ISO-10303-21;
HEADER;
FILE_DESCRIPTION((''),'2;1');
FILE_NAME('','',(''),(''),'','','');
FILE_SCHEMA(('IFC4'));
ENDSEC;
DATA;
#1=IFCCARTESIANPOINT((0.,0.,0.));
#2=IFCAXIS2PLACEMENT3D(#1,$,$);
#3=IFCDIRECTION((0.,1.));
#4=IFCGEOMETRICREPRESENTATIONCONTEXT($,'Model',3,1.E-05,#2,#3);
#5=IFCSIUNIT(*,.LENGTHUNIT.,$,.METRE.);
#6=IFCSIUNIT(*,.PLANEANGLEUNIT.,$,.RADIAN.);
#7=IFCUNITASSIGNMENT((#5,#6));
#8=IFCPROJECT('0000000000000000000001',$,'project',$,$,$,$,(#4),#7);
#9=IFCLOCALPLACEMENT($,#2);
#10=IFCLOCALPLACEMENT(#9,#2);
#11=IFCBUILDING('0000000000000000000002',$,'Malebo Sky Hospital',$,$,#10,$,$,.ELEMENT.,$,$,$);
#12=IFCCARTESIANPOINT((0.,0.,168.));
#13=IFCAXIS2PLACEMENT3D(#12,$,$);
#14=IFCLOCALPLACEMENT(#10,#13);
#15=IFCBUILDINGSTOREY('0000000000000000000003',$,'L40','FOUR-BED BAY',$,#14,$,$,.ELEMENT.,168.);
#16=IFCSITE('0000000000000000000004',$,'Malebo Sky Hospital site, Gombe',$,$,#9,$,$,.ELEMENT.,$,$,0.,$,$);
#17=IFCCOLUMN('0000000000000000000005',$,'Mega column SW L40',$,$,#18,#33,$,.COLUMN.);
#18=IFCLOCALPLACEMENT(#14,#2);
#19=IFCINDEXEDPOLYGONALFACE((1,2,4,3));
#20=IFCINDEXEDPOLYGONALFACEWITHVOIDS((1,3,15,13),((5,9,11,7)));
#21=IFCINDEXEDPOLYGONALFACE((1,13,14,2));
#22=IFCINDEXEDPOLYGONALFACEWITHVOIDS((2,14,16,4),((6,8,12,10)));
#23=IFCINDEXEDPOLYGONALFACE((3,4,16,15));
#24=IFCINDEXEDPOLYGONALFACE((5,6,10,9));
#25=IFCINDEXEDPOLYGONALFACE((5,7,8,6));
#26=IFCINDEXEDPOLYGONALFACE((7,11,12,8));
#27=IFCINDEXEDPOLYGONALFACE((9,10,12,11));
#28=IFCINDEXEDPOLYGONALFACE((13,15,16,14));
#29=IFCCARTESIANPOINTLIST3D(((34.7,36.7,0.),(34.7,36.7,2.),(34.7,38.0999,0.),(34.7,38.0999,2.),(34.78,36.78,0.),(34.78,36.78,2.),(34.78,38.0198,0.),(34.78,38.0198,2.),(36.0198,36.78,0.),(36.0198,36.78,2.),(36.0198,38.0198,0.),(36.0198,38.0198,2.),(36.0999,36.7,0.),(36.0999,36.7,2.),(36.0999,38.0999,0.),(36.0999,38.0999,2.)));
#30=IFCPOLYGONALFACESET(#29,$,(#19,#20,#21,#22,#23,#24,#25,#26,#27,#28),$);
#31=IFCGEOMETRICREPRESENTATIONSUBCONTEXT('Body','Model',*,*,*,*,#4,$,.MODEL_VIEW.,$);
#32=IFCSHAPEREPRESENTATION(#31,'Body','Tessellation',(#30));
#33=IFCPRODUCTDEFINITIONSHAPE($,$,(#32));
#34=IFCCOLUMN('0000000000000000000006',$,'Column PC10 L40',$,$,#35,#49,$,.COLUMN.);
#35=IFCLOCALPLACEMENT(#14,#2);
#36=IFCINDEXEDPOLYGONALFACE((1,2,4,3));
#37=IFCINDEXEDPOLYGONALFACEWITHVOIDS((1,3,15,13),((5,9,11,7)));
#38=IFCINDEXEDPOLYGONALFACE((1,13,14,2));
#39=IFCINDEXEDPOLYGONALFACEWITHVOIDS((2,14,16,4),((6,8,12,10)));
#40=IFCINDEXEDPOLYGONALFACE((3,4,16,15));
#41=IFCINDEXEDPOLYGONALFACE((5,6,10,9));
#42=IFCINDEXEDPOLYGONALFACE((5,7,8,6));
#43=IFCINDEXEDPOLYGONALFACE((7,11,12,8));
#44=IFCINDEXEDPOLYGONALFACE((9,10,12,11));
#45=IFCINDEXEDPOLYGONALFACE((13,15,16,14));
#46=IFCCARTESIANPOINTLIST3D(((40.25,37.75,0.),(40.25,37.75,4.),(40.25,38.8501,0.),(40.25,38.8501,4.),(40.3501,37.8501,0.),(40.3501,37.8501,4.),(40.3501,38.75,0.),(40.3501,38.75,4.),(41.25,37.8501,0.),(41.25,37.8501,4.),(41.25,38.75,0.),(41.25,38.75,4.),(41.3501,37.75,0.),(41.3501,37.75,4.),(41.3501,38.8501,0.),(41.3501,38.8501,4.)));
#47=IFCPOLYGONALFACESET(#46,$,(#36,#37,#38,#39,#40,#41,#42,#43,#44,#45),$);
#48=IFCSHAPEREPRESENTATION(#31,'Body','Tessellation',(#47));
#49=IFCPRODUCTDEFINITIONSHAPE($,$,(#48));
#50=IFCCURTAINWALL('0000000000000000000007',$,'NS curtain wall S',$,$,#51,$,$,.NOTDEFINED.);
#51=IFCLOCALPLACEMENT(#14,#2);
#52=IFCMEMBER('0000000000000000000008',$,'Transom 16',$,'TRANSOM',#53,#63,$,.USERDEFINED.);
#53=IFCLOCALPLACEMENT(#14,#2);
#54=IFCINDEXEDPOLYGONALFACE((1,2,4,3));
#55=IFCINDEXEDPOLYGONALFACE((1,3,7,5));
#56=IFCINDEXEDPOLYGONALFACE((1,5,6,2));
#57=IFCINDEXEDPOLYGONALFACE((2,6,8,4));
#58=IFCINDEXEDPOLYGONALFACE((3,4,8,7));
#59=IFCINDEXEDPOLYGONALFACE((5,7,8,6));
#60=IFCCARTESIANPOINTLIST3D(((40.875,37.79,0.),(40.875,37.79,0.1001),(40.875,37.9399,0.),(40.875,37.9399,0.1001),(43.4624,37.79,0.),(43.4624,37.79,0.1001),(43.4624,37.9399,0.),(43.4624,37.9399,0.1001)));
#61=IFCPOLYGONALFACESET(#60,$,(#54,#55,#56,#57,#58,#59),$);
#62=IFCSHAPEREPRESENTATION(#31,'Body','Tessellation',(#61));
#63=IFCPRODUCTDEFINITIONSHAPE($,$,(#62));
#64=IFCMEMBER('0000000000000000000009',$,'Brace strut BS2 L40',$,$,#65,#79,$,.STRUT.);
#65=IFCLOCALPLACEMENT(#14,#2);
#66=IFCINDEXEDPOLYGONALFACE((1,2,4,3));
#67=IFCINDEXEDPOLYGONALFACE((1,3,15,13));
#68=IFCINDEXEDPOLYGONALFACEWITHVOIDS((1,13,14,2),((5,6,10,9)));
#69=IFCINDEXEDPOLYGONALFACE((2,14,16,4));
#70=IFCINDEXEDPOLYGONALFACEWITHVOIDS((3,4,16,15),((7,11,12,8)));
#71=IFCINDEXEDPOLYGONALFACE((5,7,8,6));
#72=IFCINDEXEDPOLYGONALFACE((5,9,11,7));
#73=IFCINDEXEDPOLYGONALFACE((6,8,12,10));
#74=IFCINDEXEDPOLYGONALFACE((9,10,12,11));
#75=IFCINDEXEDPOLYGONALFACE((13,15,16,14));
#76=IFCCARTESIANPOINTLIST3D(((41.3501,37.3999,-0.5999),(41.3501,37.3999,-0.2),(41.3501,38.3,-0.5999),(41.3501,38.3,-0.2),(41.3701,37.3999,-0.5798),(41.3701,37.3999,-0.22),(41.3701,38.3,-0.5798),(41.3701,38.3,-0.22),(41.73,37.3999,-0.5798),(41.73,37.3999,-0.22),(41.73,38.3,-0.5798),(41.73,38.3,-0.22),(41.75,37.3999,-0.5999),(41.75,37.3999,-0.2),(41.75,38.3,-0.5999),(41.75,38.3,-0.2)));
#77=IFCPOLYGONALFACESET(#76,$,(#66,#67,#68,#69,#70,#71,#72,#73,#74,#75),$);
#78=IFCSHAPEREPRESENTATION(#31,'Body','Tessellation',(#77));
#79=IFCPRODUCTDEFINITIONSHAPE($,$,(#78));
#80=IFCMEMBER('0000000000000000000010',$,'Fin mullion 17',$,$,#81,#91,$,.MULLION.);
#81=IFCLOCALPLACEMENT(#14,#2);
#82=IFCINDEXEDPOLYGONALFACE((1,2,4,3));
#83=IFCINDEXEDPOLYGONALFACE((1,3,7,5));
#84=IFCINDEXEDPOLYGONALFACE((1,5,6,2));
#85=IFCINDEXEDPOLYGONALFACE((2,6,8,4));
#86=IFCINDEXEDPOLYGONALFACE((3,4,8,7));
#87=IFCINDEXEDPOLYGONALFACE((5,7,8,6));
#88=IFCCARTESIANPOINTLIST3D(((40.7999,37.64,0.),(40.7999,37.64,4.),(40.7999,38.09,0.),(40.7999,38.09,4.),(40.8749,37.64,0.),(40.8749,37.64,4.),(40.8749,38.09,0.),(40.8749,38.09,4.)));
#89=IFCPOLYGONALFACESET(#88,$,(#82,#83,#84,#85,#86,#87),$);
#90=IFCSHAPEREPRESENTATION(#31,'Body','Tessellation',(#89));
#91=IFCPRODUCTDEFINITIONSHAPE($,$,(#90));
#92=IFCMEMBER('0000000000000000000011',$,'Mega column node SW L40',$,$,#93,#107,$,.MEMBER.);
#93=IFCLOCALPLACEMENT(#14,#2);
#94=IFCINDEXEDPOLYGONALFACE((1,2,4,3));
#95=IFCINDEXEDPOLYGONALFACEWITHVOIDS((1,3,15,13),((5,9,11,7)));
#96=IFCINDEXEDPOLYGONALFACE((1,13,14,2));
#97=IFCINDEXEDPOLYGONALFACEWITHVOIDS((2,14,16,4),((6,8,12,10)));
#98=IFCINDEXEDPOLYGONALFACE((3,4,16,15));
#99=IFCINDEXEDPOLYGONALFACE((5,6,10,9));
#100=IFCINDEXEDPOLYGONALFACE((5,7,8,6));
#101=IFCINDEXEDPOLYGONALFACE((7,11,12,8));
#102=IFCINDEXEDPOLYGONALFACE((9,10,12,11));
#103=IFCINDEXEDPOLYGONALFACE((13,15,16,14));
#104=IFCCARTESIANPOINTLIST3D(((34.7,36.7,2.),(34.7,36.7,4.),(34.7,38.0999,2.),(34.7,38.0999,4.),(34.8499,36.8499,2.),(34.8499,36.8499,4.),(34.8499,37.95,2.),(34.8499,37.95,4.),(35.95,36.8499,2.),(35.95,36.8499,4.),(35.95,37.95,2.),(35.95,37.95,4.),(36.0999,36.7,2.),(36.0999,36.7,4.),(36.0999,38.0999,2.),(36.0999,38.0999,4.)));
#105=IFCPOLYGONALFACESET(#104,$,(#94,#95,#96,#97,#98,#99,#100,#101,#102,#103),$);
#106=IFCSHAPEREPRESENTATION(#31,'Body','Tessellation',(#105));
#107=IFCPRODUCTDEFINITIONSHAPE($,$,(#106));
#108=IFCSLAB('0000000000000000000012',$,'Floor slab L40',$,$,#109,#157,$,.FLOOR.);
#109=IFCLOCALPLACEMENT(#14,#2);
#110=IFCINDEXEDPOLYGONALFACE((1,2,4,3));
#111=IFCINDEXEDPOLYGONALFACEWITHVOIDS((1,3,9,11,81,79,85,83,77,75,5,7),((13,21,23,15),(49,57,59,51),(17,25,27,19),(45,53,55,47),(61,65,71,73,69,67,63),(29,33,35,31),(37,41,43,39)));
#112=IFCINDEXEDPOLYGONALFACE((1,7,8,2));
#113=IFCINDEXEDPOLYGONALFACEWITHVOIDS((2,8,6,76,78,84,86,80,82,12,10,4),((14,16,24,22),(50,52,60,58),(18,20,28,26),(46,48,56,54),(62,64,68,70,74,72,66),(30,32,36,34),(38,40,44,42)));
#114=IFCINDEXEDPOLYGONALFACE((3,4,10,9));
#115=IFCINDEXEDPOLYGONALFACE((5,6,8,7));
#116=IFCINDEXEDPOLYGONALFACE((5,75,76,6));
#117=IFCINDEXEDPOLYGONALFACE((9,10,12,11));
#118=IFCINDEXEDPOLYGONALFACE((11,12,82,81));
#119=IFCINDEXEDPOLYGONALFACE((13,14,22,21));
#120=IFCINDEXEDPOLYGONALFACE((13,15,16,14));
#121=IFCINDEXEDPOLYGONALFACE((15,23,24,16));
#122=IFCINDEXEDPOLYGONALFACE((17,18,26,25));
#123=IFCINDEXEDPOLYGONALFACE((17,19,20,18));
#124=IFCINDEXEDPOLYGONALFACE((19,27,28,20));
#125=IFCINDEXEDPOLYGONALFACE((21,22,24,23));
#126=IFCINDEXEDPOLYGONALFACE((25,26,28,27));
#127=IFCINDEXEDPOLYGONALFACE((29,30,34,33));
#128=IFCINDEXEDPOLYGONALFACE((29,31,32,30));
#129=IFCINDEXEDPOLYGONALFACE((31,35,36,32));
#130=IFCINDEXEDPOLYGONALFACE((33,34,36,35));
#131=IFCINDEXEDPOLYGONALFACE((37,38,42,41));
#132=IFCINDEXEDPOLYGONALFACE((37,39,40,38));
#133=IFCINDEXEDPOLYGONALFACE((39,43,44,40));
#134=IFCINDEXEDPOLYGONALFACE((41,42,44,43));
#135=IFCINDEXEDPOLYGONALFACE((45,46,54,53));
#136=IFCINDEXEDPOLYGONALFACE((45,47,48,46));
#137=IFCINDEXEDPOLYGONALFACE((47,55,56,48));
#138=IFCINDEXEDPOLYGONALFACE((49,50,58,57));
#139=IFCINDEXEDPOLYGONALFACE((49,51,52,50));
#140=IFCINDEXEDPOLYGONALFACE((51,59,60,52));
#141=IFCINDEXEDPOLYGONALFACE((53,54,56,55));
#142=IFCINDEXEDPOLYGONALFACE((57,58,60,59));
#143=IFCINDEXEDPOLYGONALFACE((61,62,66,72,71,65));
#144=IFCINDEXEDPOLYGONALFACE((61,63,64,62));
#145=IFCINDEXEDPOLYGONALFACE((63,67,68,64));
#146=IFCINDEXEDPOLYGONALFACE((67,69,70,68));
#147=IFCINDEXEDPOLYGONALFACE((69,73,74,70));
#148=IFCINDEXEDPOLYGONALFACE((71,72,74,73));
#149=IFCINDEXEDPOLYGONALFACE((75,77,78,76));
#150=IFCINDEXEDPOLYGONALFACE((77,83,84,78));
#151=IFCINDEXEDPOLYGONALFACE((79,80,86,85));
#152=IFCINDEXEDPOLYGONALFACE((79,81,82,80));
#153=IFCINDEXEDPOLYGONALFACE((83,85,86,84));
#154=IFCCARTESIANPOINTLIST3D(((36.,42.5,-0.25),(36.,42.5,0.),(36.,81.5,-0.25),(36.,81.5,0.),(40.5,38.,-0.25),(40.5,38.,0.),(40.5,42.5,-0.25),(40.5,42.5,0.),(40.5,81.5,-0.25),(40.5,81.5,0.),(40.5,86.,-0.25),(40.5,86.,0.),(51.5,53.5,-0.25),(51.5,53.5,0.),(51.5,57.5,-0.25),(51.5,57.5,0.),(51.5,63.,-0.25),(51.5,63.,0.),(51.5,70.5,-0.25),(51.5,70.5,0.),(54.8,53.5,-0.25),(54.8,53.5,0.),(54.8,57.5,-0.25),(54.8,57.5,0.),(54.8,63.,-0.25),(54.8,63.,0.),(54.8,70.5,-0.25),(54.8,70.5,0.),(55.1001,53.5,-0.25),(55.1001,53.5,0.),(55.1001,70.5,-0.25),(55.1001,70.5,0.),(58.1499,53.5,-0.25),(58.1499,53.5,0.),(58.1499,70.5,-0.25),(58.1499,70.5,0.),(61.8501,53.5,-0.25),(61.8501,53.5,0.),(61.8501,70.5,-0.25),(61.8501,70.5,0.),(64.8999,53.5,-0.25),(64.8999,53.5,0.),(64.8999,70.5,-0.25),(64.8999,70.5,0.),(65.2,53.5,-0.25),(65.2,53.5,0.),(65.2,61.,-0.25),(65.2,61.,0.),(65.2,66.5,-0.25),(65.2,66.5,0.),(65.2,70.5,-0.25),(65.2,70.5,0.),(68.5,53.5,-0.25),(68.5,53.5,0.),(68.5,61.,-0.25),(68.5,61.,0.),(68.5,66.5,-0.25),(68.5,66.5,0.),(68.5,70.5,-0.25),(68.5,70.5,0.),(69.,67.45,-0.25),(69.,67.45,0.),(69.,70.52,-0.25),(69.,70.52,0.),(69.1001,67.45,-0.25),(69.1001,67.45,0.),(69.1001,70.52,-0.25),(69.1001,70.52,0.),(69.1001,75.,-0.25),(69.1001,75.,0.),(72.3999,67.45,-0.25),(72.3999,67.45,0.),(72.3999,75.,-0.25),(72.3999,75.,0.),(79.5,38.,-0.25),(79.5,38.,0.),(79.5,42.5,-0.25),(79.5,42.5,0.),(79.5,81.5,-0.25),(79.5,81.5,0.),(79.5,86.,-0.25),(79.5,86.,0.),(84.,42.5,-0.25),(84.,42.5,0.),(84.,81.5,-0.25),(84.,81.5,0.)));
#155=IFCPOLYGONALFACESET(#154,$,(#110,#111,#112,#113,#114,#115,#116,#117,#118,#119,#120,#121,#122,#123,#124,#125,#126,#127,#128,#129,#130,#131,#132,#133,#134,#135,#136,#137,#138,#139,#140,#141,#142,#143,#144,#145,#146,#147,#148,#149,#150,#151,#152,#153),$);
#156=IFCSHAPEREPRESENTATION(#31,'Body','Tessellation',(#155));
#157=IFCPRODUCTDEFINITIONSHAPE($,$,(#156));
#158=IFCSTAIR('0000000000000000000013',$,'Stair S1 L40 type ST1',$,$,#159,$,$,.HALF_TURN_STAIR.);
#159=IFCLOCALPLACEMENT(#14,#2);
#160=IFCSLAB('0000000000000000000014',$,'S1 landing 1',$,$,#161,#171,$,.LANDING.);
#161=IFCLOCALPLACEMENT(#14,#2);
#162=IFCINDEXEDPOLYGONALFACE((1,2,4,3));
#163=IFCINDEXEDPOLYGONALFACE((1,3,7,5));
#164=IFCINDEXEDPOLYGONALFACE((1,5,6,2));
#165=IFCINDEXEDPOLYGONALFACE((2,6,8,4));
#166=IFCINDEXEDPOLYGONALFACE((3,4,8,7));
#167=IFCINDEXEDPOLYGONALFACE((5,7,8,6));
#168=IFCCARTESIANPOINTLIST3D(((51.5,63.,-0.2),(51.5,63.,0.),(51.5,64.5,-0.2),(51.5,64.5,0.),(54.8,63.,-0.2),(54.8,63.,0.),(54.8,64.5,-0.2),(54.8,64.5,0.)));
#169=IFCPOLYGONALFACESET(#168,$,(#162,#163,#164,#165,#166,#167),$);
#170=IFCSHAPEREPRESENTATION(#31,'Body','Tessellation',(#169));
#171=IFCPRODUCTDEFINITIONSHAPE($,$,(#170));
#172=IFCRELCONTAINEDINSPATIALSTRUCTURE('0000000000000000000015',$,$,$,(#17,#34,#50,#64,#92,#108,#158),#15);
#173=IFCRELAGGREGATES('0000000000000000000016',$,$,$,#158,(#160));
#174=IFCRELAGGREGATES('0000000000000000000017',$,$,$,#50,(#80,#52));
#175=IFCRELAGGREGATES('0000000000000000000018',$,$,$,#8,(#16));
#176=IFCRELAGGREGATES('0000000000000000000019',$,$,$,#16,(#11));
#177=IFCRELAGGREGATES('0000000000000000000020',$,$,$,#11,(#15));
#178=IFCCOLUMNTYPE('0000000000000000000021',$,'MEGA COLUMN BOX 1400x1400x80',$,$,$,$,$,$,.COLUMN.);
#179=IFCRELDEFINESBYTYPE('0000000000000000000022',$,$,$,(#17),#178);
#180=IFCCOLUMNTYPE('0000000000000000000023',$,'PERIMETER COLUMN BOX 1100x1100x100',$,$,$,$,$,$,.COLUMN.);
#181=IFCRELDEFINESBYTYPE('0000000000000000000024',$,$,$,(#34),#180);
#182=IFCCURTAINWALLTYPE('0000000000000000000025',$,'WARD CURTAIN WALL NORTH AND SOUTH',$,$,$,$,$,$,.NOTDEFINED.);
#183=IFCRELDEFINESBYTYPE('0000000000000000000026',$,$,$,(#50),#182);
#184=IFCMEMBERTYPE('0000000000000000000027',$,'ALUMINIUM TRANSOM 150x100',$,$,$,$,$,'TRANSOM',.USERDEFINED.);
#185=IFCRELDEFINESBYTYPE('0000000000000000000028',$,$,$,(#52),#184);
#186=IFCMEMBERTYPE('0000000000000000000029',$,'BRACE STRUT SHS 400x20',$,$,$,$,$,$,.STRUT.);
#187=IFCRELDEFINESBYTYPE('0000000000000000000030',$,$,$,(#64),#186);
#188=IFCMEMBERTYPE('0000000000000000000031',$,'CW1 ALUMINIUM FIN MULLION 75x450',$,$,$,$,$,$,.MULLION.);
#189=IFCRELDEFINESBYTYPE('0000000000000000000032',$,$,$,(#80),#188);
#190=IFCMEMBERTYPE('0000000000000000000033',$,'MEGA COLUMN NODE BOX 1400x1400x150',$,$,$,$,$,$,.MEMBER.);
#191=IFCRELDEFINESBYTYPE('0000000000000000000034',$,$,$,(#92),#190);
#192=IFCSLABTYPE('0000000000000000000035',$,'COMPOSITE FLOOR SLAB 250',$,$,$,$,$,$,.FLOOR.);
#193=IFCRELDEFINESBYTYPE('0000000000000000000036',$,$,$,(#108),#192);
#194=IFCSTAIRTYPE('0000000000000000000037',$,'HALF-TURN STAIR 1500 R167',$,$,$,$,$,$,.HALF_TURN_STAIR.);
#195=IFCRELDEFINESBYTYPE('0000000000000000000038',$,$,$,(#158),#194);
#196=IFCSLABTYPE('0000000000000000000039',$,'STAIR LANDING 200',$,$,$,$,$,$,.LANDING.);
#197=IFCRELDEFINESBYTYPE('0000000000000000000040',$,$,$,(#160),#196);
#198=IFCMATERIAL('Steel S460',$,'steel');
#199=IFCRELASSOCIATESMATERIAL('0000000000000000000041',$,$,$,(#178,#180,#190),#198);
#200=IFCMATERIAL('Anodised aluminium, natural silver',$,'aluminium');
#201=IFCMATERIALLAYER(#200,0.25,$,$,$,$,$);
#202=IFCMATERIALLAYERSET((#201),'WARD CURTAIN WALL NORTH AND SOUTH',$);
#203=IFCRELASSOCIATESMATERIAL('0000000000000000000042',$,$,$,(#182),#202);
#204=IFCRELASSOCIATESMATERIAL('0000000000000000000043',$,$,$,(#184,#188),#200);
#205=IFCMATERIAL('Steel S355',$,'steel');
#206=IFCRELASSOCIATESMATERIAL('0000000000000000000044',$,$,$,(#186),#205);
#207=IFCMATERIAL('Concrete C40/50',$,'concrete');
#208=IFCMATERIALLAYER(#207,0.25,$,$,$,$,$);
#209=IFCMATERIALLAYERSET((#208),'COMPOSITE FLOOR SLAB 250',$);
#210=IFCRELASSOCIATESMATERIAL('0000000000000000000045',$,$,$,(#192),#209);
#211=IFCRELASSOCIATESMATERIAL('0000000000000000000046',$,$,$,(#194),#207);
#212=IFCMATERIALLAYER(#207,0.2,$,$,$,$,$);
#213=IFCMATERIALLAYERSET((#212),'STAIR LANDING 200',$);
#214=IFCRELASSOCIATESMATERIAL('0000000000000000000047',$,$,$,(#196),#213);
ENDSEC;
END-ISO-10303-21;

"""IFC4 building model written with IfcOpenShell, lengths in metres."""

from ifc_helpers import new_model, si_unit, direction, frame, origin, origin_2d, place, context, subcontext, project, spatial, polyline, rectangle, hollow_rectangle, outline, extrude, material, layer, layer_set, material_profile, profile_set, type_object, element, aggregate, save


model = new_model("IFC4")

# Units and contexts
model_context = context("Model", 3, precision=1e-05, world=origin(), true_north=direction((0.0, 1.0)))
body_context = subcontext(model_context, "Body", "Model", "MODEL_VIEW")
ifc_project = project(units=[si_unit("LENGTHUNIT", "METRE"), si_unit("PLANEANGLEUNIT", "RADIAN")], contexts=[model_context])

# Site, building, storey
site_placement = place(None, origin())
site = spatial("IfcSite", under=ifc_project, at=site_placement, Name="Malebo Sky Hospital site, Gombe", CompositionType="ELEMENT", RefElevation=0.0)
building_placement = place(site_placement, origin())
building = spatial("IfcBuilding", under=site, at=building_placement, Name="Malebo Sky Hospital", CompositionType="ELEMENT")
storey_placement = place(building_placement, frame((0.0, 0.0, 168.0)))
storey = spatial("IfcBuildingStorey", under=building, at=storey_placement, Name="L40", Description="FOUR-BED BAY", CompositionType="ELEMENT", Elevation=168.0)

# Columns
ifc_material_1 = material(Name="Steel S460", Category="steel")
ifc_material_profile_1 = material_profile(ifc_material_1, hollow_rectangle(XDim=1.3999, YDim=1.3999, WallThickness=0.0801, at=origin_2d()), Name="BOX 1400x1400x80")
ifc_profile_set_1 = profile_set([ifc_material_profile_1], Name="Steel S460")
column_type_1 = type_object("IfcColumnType", Name="MEGA COLUMN BOX 1400x1400x80", PredefinedType="COLUMN", material=ifc_profile_set_1)
column_1_placement = place(storey_placement, frame((35.3999, 37.3999, 0.0), z_axis=(0.0, 0.0, 1.0), x_axis=(1.0, 0.0, 0.0)))
element("IfcColumn", 1, at=column_1_placement, inside=storey, type_object=column_type_1, Name="Mega column SW L40", PredefinedType="COLUMN", context=body_context, shape_type="SweptSolid", body=[
    extrude(hollow_rectangle(XDim=1.3999, YDim=1.3999, WallThickness=0.0801, at=origin_2d()), origin(), (0.0, 0.0, 1.0), 2.0),
])
ifc_material_profile_2 = material_profile(ifc_material_1, hollow_rectangle(XDim=1.1001, YDim=1.1001, WallThickness=0.1001, at=origin_2d()), Name="BOX 1100x1100x100")
ifc_profile_set_2 = profile_set([ifc_material_profile_2], Name="Steel S460")
column_type_2 = type_object("IfcColumnType", Name="PERIMETER COLUMN BOX 1100x1100x100", PredefinedType="COLUMN", material=ifc_profile_set_2)
column_2_placement = place(storey_placement, frame((40.8, 38.3, 0.0), z_axis=(0.0, 0.0, 1.0), x_axis=(1.0, 0.0, 0.0)))
element("IfcColumn", 2, at=column_2_placement, inside=storey, type_object=column_type_2, Name="Column PC10 L40", PredefinedType="COLUMN", context=body_context, shape_type="SweptSolid", body=[
    extrude(hollow_rectangle(XDim=1.1001, YDim=1.1001, WallThickness=0.1001, at=origin_2d()), origin(), (0.0, 0.0, 1.0), 4.0),
])

# Curtain wall, member
ifc_material_2 = material(Name="Anodised aluminium, natural silver", Category="aluminium")
ifc_layer_1 = layer(ifc_material_2, 0.25)
ifc_layer_set_1 = layer_set([ifc_layer_1], Name="WARD CURTAIN WALL NORTH AND SOUTH")
curtain_wall_type = type_object("IfcCurtainWallType", Name="WARD CURTAIN WALL NORTH AND SOUTH", PredefinedType="NOTDEFINED", material=ifc_layer_set_1)
curtain_wall_placement = place(storey_placement, origin())
curtain_wall = element("IfcCurtainWall", 3, at=curtain_wall_placement, inside=storey, type_object=curtain_wall_type, Name="NS curtain wall S", PredefinedType="NOTDEFINED")
ifc_material_profile_3 = material_profile(ifc_material_2, rectangle(XDim=0.1499, YDim=0.1001, at=origin_2d()), Name="ALUMINIUM TRANSOM 150x100")
ifc_profile_set_3 = profile_set([ifc_material_profile_3], Name="Anodised aluminium, natural silver")
member_type_1 = type_object("IfcMemberType", Name="ALUMINIUM TRANSOM 150x100", ElementType="TRANSOM", PredefinedType="USERDEFINED", material=ifc_profile_set_3)
member_1_placement = place(storey_placement, frame((43.4624, 37.865, 0.05), z_axis=(-1.0, 0.0, 0.0), x_axis=(0.0, -1.0, 0.0)))
member_1 = element("IfcMember", 4, at=member_1_placement, type_object=member_type_1, Name="Transom 16", ObjectType="TRANSOM", PredefinedType="USERDEFINED", context=body_context, shape_type="SweptSolid", body=[
    extrude(rectangle(XDim=0.1499, YDim=0.1001, at=origin_2d()), origin(), (0.0, 0.0, 1.0), 2.5874),
])

# Members
ifc_material_3 = material(Name="Steel S355", Category="steel")
ifc_material_profile_4 = material_profile(ifc_material_3, hollow_rectangle(XDim=0.3999, YDim=0.3999, WallThickness=0.02, at=origin_2d()), Name="SHS 400x20")
ifc_profile_set_4 = profile_set([ifc_material_profile_4], Name="Steel S355")
member_type_2 = type_object("IfcMemberType", Name="BRACE STRUT SHS 400x20", PredefinedType="STRUT", material=ifc_profile_set_4)
member_2_placement = place(storey_placement, frame((41.55, 37.3999, -0.3999), z_axis=(0.0, 1.0, 0.0), x_axis=(-1.0, 0.0, 0.0)))
element("IfcMember", 5, at=member_2_placement, inside=storey, type_object=member_type_2, Name="Brace strut BS2 L40", PredefinedType="STRUT", context=body_context, shape_type="SweptSolid", body=[
    extrude(hollow_rectangle(XDim=0.3999, YDim=0.3999, WallThickness=0.02, at=origin_2d()), origin(), (0.0, 0.0, 1.0), 0.9001),
])
ifc_material_profile_5 = material_profile(ifc_material_2, rectangle(XDim=0.075, YDim=0.45, at=origin_2d()), Name="CW1 ALUMINIUM FIN MULLION 75x450")
ifc_profile_set_5 = profile_set([ifc_material_profile_5], Name="Anodised aluminium, natural silver")
member_type_3 = type_object("IfcMemberType", Name="CW1 ALUMINIUM FIN MULLION 75x450", PredefinedType="MULLION", material=ifc_profile_set_5)
member_3_placement = place(storey_placement, frame((40.8374, 37.865, 0.0), z_axis=(0.0, 0.0, 1.0), x_axis=(-1.0, 0.0, 0.0)))
member_3 = element("IfcMember", 6, at=member_3_placement, type_object=member_type_3, Name="Fin mullion 17", PredefinedType="MULLION", context=body_context, shape_type="SweptSolid", body=[
    extrude(rectangle(XDim=0.075, YDim=0.45, at=origin_2d()), origin(), (0.0, 0.0, 1.0), 4.0),
])
ifc_material_profile_6 = material_profile(ifc_material_1, hollow_rectangle(XDim=1.3999, YDim=1.3999, WallThickness=0.1499, at=origin_2d()), Name="BOX 1400x1400x150")
ifc_profile_set_6 = profile_set([ifc_material_profile_6], Name="Steel S460")
member_type_4 = type_object("IfcMemberType", Name="MEGA COLUMN NODE BOX 1400x1400x150", PredefinedType="MEMBER", material=ifc_profile_set_6)
member_4_placement = place(storey_placement, frame((35.3999, 37.3999, 2.0), z_axis=(0.0, 0.0, 1.0), x_axis=(1.0, 0.0, 0.0)))
element("IfcMember", 7, at=member_4_placement, inside=storey, type_object=member_type_4, Name="Mega column node SW L40", PredefinedType="MEMBER", context=body_context, shape_type="SweptSolid", body=[
    extrude(hollow_rectangle(XDim=1.3999, YDim=1.3999, WallThickness=0.1499, at=origin_2d()), origin(), (0.0, 0.0, 1.0), 2.0),
])

# Slab
ifc_material_4 = material(Name="Concrete C40/50", Category="concrete")
ifc_layer_2 = layer(ifc_material_4, 0.25)
ifc_layer_set_2 = layer_set([ifc_layer_2], Name="COMPOSITE FLOOR SLAB 250")
slab_type_1 = type_object("IfcSlabType", Name="COMPOSITE FLOOR SLAB 250", PredefinedType="FLOOR", material=ifc_layer_set_2)
slab_1_placement = place(storey_placement, frame((0.0, 0.0, -0.25)))
element("IfcSlab", 8, at=slab_1_placement, inside=storey, type_object=slab_type_1, Name="Floor slab L40", PredefinedType="FLOOR", context=body_context, shape_type="SweptSolid", body=[
    extrude(outline(polyline([(40.5, 86.0), (40.5, 81.5), (36.0, 81.5), (36.0, 42.5), (40.5, 42.5), (40.5, 38.0), (79.5, 38.0), (79.5, 42.5), (84.0, 42.5), (84.0, 81.5), (79.5, 81.5), (79.5, 86.0), (40.5, 86.0)]), holes=[polyline([(55.1001, 70.5), (58.1499, 70.5), (58.1499, 53.5), (55.1001, 53.5), (55.1001, 70.5)]), polyline([(64.8999, 70.5), (64.8999, 53.5), (61.8501, 53.5), (61.8501, 70.5), (64.8999, 70.5)]), polyline([(54.8, 63.0), (51.5, 63.0), (51.5, 70.5), (54.8, 70.5), (54.8, 63.0)]), polyline([(51.5, 53.5), (51.5, 57.5), (54.8, 57.5), (54.8, 53.5), (51.5, 53.5)]), polyline([(65.2, 61.0), (68.5, 61.0), (68.5, 53.5), (65.2, 53.5), (65.2, 61.0)]), polyline([(68.5, 70.5), (68.5, 66.5), (65.2, 66.5), (65.2, 70.5), (68.5, 70.5)]), polyline([(69.0, 67.45), (69.0, 70.52), (69.1001, 70.52), (69.1001, 75.0), (72.3999, 75.0), (72.3999, 67.45), (69.1001, 67.45), (69.0, 67.45)])]), origin(), (0.0, 0.0, 1.0), 0.25),
])

# Stair, slab
stair_type_1 = type_object("IfcStairType", Name="HALF-TURN STAIR 1500 R167", PredefinedType="HALF_TURN_STAIR", material=ifc_material_4)
stair_1_placement = place(storey_placement, origin())
stair_1 = element("IfcStair", 9, at=stair_1_placement, inside=storey, type_object=stair_type_1, Name="Stair S1 L40 type ST1", PredefinedType="HALF_TURN_STAIR")
ifc_layer_3 = layer(ifc_material_4, 0.2)
ifc_layer_set_3 = layer_set([ifc_layer_3], Name="STAIR LANDING 200")
slab_type_2 = type_object("IfcSlabType", Name="STAIR LANDING 200", PredefinedType="LANDING", material=ifc_layer_set_3)
slab_2_placement = place(storey_placement, frame((0.0, 0.0, -0.2)))
slab_2 = element("IfcSlab", 10, at=slab_2_placement, type_object=slab_type_2, Name="S1 landing 1", PredefinedType="LANDING", context=body_context, shape_type="SweptSolid", body=[
    extrude(outline(polyline([(51.5, 63.0), (54.8, 63.0), (54.8, 64.5), (51.5, 64.5), (51.5, 63.0)])), origin(), (0.0, 0.0, 1.0), 0.2),
])
aggregate(stair_1, [slab_2])

aggregate(curtain_wall, [member_3, member_1])

save(model, "model.ifc")
